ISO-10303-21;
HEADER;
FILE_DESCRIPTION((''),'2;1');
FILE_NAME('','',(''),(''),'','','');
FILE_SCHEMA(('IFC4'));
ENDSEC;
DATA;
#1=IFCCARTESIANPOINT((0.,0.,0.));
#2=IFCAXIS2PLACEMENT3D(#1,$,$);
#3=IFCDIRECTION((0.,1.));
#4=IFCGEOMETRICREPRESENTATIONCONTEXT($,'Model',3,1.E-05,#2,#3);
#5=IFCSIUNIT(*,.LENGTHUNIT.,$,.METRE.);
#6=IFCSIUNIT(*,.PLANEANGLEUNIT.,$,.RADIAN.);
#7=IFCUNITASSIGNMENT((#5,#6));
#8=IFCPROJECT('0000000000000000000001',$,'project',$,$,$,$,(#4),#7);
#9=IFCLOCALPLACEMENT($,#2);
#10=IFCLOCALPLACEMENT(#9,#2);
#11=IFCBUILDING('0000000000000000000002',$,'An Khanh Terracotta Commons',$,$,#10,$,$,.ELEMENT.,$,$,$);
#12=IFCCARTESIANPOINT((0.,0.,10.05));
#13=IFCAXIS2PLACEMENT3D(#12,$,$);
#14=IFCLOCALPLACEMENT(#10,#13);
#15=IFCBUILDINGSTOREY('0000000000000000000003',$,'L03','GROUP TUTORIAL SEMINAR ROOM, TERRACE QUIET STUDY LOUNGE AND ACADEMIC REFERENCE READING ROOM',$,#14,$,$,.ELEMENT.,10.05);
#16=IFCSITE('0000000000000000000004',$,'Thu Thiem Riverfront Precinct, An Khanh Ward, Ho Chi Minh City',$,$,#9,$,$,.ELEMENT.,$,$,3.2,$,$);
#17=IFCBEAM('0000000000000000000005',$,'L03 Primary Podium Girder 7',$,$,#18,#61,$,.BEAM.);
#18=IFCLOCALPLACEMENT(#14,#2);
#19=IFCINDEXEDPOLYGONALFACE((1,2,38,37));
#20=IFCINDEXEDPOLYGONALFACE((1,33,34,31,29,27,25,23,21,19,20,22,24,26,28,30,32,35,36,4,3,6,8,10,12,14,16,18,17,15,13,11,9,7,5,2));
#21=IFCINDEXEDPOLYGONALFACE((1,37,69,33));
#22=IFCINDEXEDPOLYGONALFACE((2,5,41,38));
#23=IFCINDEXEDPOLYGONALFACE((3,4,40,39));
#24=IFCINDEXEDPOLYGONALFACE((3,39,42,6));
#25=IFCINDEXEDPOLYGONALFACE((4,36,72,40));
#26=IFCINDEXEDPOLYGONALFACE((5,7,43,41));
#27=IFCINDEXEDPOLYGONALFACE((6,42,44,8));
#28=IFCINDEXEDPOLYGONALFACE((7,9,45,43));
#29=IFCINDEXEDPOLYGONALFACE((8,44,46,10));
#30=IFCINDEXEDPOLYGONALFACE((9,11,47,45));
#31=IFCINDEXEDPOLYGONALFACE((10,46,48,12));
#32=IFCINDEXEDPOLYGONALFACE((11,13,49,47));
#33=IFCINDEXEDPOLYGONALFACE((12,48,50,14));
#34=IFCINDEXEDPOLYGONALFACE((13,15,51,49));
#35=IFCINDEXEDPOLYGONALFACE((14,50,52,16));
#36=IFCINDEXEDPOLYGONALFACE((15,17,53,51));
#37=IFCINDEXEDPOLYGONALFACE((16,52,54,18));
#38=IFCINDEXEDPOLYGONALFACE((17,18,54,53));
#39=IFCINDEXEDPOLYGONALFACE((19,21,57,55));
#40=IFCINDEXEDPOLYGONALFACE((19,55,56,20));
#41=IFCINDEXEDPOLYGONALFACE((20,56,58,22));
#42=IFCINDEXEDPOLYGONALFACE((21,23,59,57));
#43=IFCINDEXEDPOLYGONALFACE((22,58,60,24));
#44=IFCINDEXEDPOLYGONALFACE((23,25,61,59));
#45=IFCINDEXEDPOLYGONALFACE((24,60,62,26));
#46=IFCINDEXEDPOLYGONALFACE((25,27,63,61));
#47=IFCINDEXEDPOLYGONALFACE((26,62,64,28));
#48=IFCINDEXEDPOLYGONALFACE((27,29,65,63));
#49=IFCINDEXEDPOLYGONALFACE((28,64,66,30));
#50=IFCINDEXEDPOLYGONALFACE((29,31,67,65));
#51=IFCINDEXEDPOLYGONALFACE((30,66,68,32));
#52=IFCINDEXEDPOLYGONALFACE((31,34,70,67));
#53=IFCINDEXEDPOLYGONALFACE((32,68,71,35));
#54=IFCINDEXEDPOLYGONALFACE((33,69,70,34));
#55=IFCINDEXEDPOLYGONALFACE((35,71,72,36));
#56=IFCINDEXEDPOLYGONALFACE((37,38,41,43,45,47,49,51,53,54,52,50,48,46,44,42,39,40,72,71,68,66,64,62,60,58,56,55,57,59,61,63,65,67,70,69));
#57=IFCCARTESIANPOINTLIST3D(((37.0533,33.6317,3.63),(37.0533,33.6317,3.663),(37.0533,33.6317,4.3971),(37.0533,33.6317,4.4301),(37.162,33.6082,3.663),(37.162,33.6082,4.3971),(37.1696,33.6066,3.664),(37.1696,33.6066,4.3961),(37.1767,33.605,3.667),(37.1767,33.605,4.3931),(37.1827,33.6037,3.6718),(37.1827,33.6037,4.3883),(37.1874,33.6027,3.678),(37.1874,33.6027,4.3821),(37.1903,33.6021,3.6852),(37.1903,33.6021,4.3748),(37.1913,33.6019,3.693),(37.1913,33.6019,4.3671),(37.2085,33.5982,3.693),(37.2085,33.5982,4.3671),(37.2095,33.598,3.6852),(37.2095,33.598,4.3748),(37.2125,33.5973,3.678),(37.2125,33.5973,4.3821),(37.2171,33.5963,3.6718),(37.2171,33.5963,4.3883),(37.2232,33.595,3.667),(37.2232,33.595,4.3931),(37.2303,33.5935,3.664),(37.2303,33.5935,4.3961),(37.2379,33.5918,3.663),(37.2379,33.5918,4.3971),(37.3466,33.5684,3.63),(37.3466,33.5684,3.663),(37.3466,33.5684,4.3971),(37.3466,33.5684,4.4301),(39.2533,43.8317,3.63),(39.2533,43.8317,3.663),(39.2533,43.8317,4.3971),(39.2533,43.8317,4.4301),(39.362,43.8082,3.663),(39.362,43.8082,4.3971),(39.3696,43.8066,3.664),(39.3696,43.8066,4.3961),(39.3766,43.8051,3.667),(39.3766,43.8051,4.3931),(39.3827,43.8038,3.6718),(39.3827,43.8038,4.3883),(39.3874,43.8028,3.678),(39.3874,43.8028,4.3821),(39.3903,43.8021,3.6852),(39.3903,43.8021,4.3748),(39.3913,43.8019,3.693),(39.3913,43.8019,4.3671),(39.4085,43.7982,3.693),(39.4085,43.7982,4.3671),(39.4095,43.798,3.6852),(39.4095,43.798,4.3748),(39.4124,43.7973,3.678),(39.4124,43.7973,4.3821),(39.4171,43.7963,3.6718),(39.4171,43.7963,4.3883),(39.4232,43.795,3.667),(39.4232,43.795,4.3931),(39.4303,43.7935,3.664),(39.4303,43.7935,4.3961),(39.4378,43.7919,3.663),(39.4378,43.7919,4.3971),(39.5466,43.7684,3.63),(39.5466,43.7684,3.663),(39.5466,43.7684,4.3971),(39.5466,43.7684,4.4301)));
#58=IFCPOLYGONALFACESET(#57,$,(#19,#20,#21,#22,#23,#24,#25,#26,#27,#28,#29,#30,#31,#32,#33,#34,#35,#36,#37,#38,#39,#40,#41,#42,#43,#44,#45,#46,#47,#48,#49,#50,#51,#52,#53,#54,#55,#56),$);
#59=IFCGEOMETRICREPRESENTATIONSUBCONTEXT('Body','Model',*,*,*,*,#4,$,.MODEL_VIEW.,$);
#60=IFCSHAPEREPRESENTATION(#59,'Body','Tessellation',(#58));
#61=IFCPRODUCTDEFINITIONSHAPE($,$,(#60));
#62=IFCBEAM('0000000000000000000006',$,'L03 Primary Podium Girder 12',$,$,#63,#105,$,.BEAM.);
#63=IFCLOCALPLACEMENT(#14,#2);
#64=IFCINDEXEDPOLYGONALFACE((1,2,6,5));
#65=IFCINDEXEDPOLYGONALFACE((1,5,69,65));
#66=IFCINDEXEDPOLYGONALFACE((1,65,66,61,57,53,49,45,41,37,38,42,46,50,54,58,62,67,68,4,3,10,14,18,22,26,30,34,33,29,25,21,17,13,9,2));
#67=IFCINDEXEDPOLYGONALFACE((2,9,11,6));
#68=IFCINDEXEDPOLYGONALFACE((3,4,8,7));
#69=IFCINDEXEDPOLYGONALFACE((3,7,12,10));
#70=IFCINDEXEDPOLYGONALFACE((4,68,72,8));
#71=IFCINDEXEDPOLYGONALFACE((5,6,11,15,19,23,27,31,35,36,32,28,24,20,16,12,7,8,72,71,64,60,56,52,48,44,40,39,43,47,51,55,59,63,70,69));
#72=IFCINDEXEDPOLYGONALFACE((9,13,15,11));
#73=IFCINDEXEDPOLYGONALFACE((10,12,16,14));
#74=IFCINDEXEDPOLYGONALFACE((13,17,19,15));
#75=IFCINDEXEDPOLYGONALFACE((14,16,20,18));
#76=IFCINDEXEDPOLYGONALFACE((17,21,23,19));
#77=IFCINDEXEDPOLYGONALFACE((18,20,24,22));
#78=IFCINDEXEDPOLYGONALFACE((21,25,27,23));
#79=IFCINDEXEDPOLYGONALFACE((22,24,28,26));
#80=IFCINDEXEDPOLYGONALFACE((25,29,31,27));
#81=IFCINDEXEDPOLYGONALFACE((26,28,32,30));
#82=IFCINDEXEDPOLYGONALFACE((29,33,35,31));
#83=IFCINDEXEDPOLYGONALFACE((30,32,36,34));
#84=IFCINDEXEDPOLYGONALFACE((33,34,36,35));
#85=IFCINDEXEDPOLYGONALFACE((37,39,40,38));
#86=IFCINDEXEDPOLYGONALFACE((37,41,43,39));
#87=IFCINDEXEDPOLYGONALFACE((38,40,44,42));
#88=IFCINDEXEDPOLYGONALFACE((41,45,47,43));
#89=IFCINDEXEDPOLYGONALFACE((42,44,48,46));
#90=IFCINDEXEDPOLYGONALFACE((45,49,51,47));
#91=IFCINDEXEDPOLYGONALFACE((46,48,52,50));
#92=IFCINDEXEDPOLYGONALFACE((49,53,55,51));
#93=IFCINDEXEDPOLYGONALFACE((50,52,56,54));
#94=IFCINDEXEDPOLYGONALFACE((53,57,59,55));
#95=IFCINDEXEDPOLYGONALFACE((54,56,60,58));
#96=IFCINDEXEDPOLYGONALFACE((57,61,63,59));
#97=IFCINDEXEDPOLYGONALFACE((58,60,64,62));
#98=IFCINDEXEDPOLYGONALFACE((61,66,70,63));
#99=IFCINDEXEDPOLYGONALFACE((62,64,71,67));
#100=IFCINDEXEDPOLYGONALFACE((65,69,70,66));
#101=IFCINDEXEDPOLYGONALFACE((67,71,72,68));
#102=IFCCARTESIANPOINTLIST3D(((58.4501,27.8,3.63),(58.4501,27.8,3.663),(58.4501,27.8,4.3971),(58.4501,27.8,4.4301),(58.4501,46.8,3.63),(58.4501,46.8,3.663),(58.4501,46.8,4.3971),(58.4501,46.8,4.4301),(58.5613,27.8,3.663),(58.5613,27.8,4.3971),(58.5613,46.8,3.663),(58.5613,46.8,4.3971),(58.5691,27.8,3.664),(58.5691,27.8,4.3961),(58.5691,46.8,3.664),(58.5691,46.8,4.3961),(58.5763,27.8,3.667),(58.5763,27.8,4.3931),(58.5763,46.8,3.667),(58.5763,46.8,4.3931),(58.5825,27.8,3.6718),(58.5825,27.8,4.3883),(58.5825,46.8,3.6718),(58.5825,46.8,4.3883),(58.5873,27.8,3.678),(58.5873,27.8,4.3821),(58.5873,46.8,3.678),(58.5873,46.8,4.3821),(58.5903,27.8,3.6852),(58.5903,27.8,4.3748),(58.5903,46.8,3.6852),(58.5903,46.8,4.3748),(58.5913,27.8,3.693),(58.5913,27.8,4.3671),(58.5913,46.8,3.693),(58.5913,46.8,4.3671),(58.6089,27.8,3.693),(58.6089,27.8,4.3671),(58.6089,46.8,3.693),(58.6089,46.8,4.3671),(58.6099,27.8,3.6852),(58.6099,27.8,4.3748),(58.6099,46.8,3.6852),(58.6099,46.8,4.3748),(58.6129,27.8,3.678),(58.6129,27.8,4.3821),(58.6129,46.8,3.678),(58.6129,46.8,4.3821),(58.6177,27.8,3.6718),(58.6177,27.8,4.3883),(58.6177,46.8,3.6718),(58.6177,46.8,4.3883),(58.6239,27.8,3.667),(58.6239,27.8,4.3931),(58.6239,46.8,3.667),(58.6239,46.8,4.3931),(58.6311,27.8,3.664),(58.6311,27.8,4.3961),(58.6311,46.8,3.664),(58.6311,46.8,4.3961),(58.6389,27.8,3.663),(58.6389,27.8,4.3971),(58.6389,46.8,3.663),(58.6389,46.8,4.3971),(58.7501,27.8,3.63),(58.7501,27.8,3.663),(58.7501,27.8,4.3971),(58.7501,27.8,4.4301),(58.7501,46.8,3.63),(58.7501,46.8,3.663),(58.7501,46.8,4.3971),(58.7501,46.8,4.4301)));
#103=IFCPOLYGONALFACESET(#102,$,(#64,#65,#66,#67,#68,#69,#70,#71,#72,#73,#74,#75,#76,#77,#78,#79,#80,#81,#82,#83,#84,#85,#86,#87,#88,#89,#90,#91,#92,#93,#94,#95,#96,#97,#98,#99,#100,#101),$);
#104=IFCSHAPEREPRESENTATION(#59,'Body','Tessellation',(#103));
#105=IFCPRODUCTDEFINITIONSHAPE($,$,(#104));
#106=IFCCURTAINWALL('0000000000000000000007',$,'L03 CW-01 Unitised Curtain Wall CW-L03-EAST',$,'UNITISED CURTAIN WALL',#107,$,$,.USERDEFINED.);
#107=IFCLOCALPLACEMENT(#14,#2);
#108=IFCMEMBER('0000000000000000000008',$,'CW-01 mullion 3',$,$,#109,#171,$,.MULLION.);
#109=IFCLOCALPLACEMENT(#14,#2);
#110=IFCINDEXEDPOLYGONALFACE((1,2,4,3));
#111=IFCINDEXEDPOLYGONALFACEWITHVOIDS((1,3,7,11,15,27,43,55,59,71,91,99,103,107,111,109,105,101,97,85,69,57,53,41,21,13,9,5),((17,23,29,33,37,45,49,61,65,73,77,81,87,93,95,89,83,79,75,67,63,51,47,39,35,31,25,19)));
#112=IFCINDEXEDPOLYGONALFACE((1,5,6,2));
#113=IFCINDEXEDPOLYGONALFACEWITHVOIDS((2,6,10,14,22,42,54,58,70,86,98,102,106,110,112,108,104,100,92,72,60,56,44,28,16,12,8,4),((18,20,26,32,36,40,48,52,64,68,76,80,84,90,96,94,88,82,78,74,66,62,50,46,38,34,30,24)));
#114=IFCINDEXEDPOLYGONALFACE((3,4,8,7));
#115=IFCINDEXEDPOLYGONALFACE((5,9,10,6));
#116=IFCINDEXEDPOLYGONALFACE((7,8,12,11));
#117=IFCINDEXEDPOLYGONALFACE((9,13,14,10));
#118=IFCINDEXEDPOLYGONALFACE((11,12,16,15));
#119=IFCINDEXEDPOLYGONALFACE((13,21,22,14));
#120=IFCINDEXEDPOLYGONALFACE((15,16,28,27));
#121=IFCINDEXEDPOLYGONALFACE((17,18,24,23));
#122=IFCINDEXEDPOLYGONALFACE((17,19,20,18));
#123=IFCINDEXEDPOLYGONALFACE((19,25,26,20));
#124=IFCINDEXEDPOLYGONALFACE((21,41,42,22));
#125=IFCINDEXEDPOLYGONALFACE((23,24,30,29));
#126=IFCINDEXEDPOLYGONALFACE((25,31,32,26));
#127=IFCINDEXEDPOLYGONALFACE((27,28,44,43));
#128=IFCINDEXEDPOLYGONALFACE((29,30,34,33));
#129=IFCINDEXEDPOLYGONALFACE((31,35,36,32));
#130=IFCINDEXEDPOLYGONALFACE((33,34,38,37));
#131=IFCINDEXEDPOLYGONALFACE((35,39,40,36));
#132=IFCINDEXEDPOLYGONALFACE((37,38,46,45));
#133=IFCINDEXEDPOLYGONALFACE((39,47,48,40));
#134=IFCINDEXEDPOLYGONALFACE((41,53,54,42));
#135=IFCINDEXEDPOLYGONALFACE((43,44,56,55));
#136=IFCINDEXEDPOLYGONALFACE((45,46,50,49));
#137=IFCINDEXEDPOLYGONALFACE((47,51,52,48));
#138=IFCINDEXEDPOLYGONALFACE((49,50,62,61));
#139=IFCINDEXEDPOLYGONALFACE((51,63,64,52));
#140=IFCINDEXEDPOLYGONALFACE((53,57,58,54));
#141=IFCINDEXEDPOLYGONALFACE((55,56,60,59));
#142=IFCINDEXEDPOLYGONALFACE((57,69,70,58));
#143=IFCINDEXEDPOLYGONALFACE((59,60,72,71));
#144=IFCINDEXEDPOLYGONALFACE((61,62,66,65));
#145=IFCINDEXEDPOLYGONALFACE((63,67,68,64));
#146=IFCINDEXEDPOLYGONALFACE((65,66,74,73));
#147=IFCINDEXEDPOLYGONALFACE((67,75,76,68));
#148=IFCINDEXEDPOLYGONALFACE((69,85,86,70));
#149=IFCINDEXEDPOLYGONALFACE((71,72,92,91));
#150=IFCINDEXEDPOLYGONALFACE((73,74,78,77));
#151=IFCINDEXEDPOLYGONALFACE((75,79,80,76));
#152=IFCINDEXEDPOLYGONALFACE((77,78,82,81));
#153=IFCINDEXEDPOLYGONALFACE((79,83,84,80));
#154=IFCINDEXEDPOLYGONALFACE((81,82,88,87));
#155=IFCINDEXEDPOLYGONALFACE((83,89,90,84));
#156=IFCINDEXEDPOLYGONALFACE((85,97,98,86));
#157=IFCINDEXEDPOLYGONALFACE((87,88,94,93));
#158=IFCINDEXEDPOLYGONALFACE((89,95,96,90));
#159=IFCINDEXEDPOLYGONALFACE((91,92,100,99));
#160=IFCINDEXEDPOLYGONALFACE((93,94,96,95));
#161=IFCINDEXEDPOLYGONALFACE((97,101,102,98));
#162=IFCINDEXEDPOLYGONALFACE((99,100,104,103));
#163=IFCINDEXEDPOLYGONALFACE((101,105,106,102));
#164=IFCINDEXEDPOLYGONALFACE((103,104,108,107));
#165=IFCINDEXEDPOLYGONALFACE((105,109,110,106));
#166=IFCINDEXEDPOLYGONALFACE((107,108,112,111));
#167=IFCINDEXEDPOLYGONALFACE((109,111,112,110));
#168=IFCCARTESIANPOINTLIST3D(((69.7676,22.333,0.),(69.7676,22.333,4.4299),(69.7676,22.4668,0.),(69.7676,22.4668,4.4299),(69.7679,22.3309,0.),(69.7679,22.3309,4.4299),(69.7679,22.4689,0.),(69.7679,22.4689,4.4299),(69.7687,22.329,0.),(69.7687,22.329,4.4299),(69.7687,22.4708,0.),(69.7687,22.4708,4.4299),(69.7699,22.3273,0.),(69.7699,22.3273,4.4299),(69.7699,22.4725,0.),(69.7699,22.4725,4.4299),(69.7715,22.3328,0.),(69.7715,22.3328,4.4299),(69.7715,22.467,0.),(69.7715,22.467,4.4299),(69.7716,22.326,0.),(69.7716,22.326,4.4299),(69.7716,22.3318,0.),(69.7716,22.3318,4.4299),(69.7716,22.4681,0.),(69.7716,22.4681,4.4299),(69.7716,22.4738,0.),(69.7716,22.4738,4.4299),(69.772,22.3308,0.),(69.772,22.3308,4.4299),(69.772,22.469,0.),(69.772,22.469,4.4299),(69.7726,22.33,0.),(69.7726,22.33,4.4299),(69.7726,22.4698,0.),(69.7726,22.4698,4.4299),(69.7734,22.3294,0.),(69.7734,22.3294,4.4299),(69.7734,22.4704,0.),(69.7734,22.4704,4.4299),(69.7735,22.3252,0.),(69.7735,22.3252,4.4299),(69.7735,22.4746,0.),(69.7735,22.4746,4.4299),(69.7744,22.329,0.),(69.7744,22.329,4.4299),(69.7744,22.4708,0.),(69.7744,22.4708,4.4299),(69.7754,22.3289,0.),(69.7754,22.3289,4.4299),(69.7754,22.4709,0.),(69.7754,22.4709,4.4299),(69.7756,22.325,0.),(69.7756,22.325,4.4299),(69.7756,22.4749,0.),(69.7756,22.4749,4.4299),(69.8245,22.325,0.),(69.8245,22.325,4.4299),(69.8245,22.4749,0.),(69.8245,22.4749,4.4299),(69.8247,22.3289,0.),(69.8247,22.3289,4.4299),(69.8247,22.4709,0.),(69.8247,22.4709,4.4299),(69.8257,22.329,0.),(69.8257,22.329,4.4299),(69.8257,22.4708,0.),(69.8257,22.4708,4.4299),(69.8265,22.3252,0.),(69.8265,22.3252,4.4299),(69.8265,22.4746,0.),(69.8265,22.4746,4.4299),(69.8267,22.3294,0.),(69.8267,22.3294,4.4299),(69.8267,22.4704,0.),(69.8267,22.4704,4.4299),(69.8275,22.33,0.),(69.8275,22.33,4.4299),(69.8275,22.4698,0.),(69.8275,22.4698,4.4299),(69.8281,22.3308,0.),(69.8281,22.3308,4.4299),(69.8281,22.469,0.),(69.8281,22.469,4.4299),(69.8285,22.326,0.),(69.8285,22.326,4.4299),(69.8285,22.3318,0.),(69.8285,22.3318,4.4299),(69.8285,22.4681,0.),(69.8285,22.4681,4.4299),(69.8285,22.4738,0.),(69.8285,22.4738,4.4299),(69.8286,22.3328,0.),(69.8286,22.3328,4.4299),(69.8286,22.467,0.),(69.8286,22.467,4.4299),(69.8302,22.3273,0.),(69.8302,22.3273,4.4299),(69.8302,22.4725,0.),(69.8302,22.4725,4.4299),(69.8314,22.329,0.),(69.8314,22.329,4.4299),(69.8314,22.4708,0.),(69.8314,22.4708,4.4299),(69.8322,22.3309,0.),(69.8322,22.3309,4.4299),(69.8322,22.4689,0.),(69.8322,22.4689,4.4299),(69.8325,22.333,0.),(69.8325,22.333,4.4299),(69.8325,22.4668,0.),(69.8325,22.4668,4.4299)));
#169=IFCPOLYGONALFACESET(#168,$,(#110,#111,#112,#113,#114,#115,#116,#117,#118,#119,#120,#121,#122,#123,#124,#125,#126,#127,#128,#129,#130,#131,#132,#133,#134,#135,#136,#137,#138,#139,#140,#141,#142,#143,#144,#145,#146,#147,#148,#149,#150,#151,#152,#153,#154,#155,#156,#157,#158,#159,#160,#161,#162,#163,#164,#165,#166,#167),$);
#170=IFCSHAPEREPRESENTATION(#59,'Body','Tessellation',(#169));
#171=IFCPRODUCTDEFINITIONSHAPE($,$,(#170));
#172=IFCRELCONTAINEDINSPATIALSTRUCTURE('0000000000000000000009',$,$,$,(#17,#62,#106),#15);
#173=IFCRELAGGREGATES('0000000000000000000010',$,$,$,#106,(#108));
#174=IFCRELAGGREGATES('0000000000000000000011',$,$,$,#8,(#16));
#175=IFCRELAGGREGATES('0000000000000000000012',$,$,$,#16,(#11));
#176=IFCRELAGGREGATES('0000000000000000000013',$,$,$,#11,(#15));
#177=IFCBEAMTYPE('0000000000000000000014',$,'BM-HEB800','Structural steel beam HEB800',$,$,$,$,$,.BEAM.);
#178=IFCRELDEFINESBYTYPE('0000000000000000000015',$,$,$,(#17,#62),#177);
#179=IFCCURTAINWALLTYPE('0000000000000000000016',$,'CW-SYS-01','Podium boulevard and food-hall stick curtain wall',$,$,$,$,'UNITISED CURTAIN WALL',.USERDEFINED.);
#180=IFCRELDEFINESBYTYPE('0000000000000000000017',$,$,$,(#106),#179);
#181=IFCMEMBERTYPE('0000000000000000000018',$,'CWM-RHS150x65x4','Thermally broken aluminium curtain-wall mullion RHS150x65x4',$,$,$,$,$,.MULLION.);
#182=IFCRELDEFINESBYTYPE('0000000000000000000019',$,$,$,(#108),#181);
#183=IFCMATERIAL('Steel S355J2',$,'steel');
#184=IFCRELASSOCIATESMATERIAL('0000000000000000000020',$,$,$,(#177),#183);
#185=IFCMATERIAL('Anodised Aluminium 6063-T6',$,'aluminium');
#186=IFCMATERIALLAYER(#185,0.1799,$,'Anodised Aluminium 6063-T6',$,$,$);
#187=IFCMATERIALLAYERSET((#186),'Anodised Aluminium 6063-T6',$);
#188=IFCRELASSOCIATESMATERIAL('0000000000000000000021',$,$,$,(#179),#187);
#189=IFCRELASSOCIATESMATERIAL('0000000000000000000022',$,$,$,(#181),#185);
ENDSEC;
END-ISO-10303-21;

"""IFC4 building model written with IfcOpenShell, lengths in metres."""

from ifc_helpers import new_model, si_unit, direction, frame, origin, origin_2d, place, context, subcontext, project, spatial, hollow_rectangle, i_section, extrude, material, layer, layer_set, material_profile, profile_set, type_object, element, aggregate, save


model = new_model("IFC4")

# Units and contexts
model_context = context("Model", 3, precision=1e-05, world=origin(), true_north=direction((0.0, 1.0)))
body_context = subcontext(model_context, "Body", "Model", "MODEL_VIEW")
ifc_project = project(units=[si_unit("LENGTHUNIT", "METRE"), si_unit("PLANEANGLEUNIT", "RADIAN")], contexts=[model_context])

# Site, building, storey
site_placement = place(None, origin())
site = spatial("IfcSite", under=ifc_project, at=site_placement, Name="Thu Thiem Riverfront Precinct, An Khanh Ward, Ho Chi Minh City", CompositionType="ELEMENT", RefElevation=3.2)
building_placement = place(site_placement, origin())
building = spatial("IfcBuilding", under=site, at=building_placement, Name="An Khanh Terracotta Commons", CompositionType="ELEMENT")
storey_placement = place(building_placement, frame((0.0, 0.0, 10.05)))
storey = spatial("IfcBuildingStorey", under=building, at=storey_placement, Name="L03", Description="GROUP TUTORIAL SEMINAR ROOM, TERRACE QUIET STUDY LOUNGE AND ACADEMIC REFERENCE READING ROOM", CompositionType="ELEMENT", Elevation=10.05)

# Beams
ifc_material_1 = material(Name="Steel S355J2", Category="steel")
ifc_material_profile_1 = material_profile(ifc_material_1, i_section(OverallWidth=0.3, OverallDepth=0.8, WebThickness=0.0176, FlangeThickness=0.033, FilletRadius=0.03, at=origin_2d()), Name="HEB800")
ifc_profile_set_1 = profile_set([ifc_material_profile_1], Name="Steel S355J2")
beam_type_1 = type_object("IfcBeamType", Name="BM-HEB800", Description="Structural steel beam HEB800", PredefinedType="BEAM", material=ifc_profile_set_1)
beam_1_placement = place(storey_placement, frame((39.3999, 43.8, 4.03), z_axis=(-0.210834, -0.977522, 0.0), x_axis=(0.977522, -0.210834, 0.0)))
element("IfcBeam", 1, at=beam_1_placement, inside=storey, type_object=beam_type_1, Name="L03 Primary Podium Girder 7", PredefinedType="BEAM", context=body_context, shape_type="SweptSolid", body=[
    extrude(i_section(OverallWidth=0.3, OverallDepth=0.8, WebThickness=0.0176, FlangeThickness=0.033, FilletRadius=0.03, at=origin_2d()), origin(), (0.0, 0.0, 1.0), 10.4346),
])
beam_2_placement = place(storey_placement, frame((58.6001, 27.8, 4.03), z_axis=(0.0, 1.0, 0.0), x_axis=(-1.0, 0.0, 0.0)))
element("IfcBeam", 2, at=beam_2_placement, inside=storey, type_object=beam_type_1, Name="L03 Primary Podium Girder 12", PredefinedType="BEAM", context=body_context, shape_type="SweptSolid", body=[
    extrude(i_section(OverallWidth=0.3, OverallDepth=0.8, WebThickness=0.0176, FlangeThickness=0.033, FilletRadius=0.03, at=origin_2d()), origin(), (0.0, 0.0, 1.0), 19.0),
])

# Curtain wall, member
ifc_material_2 = material(Name="Anodised Aluminium 6063-T6", Category="aluminium")
ifc_layer_1 = layer(ifc_material_2, 0.1799, Name="Anodised Aluminium 6063-T6")
ifc_layer_set_1 = layer_set([ifc_layer_1], Name="Anodised Aluminium 6063-T6")
curtain_wall_type = type_object("IfcCurtainWallType", Name="CW-SYS-01", Description="Podium boulevard and food-hall stick curtain wall", ElementType="UNITISED CURTAIN WALL", PredefinedType="USERDEFINED", material=ifc_layer_set_1)
curtain_wall_placement = place(storey_placement, origin())
curtain_wall = element("IfcCurtainWall", 3, at=curtain_wall_placement, inside=storey, type_object=curtain_wall_type, Name="L03 CW-01 Unitised Curtain Wall CW-L03-EAST", ObjectType="UNITISED CURTAIN WALL", PredefinedType="USERDEFINED")
ifc_material_profile_2 = material_profile(ifc_material_2, hollow_rectangle(XDim=0.0649, YDim=0.1499, WallThickness=0.0039, InnerFilletRadius=0.0039, OuterFilletRadius=0.0081, at=origin_2d()), Name="RHS150x65x4")
ifc_profile_set_2 = profile_set([ifc_material_profile_2], Name="Anodised Aluminium 6063-T6")
member_type_1 = type_object("IfcMemberType", Name="CWM-RHS150x65x4", Description="Thermally broken aluminium curtain-wall mullion RHS150x65x4", PredefinedType="MULLION", material=ifc_profile_set_2)
member_1_placement = place(storey_placement, frame((69.8, 22.3999, 0.0), z_axis=(0.0, 0.0, 1.0), x_axis=(-1.0, 0.0, 0.0)))
member_1 = element("IfcMember", 4, at=member_1_placement, type_object=member_type_1, Name="CW-01 mullion 3", PredefinedType="MULLION", context=body_context, shape_type="SweptSolid", body=[
    extrude(hollow_rectangle(XDim=0.0649, YDim=0.1499, WallThickness=0.0039, InnerFilletRadius=0.0039, OuterFilletRadius=0.0081, at=origin_2d()), origin(), (0.0, 0.0, 1.0), 4.4299),
])
aggregate(curtain_wall, [member_1])

save(model, "model.ifc")
